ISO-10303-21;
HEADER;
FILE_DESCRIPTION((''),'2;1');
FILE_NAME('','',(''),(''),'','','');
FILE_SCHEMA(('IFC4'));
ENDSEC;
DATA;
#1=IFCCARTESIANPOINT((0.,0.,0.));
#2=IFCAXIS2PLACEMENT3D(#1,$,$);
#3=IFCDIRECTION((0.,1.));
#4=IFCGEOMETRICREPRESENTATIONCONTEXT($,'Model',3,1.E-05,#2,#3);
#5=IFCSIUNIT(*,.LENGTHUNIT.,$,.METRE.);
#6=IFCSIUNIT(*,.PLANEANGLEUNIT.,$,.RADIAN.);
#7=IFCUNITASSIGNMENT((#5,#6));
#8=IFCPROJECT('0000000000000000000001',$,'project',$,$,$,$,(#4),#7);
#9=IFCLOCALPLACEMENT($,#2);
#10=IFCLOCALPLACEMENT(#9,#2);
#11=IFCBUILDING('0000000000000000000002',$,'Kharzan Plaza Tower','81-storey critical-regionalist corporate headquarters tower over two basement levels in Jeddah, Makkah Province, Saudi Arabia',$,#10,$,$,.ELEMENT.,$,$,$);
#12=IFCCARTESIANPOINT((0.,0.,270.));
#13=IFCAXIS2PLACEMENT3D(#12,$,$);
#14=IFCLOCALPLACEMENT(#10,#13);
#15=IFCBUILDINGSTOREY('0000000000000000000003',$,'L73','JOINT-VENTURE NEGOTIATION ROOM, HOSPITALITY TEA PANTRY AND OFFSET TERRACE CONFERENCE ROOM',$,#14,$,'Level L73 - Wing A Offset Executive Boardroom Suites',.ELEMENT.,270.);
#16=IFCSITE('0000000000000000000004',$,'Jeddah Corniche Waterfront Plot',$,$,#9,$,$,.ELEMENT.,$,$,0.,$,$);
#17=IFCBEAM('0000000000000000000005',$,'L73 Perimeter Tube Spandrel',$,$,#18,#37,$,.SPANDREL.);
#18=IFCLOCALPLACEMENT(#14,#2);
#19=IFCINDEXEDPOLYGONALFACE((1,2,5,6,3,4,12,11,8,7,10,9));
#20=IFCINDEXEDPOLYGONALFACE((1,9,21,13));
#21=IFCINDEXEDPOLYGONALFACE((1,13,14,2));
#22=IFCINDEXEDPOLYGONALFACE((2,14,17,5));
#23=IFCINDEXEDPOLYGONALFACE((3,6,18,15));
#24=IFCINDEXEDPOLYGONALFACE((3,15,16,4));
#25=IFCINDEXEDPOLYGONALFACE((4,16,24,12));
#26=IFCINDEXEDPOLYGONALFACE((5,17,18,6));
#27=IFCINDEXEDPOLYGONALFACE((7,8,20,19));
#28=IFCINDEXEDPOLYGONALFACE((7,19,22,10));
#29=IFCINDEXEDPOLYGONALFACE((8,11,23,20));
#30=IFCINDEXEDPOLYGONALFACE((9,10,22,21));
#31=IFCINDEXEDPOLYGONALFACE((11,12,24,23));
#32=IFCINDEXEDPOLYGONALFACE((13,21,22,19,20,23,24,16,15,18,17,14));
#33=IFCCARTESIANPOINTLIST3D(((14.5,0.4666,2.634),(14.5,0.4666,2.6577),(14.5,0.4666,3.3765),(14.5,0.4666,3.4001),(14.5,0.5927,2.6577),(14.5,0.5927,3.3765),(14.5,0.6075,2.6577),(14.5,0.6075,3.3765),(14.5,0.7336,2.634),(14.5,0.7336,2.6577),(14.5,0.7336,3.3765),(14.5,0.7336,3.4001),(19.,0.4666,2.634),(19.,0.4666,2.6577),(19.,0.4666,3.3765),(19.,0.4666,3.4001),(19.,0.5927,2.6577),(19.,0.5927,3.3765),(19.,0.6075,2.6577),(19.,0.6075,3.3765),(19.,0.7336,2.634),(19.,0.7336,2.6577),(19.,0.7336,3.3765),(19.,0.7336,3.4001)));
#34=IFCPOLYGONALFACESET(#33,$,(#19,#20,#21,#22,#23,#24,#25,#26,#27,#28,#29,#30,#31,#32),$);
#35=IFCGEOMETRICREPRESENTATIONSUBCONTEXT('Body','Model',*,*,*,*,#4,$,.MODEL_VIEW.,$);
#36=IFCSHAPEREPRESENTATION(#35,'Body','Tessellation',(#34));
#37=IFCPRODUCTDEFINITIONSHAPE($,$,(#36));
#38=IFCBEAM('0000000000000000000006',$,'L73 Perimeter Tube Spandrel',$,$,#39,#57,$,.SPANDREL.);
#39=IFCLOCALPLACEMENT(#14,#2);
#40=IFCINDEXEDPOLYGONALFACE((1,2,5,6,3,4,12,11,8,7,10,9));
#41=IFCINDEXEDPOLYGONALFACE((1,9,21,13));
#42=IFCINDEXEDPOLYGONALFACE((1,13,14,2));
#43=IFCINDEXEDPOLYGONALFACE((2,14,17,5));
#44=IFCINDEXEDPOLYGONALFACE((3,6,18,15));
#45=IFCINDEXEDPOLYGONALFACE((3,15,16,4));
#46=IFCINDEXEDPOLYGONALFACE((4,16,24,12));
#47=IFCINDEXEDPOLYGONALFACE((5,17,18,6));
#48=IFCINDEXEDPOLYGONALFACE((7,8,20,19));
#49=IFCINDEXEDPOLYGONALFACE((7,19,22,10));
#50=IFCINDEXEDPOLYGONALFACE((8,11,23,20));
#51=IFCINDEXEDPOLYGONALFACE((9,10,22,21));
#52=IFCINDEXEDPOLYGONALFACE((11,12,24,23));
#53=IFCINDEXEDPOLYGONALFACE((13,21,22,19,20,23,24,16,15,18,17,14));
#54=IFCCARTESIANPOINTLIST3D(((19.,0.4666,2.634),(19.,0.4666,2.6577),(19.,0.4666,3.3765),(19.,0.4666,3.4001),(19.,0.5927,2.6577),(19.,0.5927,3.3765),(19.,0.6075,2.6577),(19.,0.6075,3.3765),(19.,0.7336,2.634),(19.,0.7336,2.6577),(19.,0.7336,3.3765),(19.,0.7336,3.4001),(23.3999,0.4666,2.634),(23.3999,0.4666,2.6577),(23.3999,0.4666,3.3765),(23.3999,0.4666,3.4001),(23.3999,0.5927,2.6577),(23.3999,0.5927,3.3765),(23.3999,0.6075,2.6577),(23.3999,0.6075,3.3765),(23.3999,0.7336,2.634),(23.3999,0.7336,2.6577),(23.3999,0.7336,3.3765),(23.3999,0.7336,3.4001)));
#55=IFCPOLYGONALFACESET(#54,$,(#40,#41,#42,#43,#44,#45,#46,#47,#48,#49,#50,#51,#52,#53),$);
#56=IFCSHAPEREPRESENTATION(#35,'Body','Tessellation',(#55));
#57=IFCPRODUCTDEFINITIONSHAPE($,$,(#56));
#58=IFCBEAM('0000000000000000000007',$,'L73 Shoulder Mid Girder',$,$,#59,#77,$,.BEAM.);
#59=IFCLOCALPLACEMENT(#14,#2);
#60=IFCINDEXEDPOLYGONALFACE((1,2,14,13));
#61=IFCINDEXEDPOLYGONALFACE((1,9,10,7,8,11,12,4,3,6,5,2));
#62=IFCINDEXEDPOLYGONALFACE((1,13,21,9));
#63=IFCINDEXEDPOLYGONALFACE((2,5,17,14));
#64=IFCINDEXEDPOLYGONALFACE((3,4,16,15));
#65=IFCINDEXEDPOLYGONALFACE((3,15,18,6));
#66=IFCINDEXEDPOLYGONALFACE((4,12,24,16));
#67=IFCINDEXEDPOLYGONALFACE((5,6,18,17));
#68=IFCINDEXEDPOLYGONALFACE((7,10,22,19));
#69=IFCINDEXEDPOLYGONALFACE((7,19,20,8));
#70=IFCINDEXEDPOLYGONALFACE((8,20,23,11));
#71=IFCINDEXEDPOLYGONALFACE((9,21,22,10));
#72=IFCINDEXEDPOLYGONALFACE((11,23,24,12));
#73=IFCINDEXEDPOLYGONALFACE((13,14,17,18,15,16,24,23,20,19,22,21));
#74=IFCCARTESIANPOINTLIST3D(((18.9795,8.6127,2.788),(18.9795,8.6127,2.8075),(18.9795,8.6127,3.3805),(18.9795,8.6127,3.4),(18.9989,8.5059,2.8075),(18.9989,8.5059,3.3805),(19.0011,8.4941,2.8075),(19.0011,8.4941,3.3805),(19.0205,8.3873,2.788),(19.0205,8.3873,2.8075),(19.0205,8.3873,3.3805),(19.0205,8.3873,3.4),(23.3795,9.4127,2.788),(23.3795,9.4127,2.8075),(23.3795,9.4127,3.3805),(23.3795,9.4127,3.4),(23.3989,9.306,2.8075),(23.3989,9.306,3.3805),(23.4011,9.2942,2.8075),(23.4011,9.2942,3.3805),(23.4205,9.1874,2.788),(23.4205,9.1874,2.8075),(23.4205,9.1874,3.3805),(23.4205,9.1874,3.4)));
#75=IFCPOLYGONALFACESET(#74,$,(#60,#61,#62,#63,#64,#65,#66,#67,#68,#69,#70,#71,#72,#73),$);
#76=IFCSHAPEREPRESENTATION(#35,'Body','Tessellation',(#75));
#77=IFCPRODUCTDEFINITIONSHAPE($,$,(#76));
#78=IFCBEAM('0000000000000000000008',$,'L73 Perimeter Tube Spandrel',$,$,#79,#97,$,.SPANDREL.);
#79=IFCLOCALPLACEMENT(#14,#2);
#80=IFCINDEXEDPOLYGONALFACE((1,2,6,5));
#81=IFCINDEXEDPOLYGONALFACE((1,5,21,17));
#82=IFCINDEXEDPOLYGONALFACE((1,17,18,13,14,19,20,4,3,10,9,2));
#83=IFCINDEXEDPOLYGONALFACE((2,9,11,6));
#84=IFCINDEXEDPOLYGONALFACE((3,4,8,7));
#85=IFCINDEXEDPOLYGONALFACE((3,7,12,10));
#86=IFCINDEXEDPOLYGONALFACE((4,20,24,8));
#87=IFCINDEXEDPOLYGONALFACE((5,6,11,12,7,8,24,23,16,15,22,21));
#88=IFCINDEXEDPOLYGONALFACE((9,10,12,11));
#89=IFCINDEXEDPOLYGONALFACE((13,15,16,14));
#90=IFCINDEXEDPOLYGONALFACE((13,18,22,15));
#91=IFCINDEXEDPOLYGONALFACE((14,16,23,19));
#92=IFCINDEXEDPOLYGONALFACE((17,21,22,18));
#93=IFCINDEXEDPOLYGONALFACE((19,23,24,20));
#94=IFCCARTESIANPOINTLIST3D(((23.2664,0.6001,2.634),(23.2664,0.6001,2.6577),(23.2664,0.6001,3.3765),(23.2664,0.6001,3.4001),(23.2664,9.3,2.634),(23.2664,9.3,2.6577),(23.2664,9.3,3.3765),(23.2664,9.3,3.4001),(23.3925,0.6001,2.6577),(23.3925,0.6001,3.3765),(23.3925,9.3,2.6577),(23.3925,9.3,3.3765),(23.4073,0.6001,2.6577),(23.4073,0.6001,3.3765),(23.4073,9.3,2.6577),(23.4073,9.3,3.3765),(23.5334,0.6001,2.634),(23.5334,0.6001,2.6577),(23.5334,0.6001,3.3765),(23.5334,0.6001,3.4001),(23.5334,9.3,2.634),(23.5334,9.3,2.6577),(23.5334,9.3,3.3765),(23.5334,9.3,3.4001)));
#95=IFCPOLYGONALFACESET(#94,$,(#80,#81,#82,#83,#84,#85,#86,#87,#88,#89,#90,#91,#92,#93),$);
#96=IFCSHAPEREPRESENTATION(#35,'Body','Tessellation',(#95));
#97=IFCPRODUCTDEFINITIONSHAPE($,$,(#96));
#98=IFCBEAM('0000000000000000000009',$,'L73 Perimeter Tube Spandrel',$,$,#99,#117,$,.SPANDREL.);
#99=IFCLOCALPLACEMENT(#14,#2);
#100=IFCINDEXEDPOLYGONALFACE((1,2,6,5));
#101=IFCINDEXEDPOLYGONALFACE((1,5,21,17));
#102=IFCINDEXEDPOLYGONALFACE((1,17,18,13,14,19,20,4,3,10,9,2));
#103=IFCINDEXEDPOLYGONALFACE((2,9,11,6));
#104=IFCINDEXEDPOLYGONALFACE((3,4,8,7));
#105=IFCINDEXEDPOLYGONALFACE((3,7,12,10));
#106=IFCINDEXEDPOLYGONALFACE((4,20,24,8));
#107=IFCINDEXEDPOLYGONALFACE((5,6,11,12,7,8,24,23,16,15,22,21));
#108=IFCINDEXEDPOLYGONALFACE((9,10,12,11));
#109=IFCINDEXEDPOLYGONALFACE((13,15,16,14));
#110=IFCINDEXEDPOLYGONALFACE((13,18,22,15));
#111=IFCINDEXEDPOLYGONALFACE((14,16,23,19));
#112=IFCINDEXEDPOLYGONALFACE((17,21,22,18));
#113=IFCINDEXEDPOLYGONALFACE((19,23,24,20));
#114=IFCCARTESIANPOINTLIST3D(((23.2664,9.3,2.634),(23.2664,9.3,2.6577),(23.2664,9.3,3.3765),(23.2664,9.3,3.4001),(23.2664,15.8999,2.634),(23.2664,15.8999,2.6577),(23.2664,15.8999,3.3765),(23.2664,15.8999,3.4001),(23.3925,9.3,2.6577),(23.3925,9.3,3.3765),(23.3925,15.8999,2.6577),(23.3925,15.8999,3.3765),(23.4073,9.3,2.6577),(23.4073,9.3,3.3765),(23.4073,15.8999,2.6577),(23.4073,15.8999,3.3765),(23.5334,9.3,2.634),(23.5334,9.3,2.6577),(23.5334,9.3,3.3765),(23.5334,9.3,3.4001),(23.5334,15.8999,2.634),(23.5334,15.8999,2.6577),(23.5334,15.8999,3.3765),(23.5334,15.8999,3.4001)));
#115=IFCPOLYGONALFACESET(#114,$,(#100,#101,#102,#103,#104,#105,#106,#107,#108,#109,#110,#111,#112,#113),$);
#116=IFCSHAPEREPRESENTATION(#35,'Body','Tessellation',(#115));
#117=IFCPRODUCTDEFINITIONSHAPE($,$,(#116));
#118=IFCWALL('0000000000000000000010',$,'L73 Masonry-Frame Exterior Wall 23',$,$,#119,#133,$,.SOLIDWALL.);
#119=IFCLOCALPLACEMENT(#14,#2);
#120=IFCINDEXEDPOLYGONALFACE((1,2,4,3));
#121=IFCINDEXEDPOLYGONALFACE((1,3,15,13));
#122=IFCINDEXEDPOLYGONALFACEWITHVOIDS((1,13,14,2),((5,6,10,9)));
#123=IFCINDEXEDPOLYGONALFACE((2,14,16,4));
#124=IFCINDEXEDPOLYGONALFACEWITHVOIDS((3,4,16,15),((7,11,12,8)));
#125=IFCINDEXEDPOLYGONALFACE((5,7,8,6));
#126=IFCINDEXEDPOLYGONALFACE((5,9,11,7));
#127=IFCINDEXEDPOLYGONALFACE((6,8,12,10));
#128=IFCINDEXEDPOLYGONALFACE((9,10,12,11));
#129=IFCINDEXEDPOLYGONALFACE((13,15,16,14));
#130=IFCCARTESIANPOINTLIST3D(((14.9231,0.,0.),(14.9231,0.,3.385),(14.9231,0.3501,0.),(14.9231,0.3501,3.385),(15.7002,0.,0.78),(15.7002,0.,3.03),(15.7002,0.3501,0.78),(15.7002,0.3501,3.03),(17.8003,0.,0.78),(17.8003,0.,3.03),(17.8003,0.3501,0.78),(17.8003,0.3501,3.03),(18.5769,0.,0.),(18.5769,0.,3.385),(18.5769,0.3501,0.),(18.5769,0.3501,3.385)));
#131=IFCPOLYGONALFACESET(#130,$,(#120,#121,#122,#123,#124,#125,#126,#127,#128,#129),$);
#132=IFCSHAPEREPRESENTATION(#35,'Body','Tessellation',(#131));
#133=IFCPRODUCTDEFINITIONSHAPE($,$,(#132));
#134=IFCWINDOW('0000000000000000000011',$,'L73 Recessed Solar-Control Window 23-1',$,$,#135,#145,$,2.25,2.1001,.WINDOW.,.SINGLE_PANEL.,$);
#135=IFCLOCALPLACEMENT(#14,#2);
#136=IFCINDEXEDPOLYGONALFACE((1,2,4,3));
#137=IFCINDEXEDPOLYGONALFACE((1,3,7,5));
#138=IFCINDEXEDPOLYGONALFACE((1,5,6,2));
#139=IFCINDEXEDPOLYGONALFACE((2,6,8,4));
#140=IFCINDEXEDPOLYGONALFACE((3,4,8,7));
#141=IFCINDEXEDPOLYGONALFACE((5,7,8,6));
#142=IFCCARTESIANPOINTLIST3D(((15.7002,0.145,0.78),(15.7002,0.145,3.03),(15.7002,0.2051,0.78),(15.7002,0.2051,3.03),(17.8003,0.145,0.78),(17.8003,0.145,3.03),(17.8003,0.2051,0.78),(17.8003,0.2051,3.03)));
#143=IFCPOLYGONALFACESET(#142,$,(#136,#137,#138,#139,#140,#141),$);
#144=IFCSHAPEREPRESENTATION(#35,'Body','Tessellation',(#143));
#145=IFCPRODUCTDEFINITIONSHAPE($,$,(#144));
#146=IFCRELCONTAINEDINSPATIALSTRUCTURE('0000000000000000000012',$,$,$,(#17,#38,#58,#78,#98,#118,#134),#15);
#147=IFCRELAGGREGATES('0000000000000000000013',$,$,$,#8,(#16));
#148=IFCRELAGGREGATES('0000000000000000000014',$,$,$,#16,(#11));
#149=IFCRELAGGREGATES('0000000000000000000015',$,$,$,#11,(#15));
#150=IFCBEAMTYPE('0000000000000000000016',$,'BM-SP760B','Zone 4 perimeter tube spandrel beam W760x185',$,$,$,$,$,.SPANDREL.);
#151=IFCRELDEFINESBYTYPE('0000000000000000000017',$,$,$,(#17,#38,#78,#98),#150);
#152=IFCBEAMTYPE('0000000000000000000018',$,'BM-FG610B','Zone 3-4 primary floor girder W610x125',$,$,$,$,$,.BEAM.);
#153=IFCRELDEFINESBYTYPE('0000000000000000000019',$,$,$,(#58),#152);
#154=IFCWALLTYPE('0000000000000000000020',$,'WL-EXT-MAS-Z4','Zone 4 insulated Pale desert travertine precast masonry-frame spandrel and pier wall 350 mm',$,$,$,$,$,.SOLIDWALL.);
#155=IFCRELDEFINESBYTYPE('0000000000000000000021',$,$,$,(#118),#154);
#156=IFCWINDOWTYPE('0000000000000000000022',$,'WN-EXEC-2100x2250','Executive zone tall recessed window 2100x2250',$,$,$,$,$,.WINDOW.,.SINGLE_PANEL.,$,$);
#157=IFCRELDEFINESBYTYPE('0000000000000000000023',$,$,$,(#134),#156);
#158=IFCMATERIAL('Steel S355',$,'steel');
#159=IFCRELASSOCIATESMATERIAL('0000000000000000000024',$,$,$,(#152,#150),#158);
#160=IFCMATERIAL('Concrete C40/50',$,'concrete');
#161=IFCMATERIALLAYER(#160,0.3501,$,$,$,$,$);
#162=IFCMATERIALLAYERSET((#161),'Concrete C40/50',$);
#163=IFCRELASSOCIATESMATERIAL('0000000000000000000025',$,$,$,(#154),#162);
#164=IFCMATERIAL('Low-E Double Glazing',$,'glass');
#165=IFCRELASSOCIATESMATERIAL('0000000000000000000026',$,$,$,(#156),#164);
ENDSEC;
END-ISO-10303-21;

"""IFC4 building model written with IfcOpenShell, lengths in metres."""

from ifc_helpers import new_model, si_unit, direction, frame, frame_2d, origin, origin_2d, place, context, subcontext, project, spatial, rectangle, i_section, extrude, source, transform, mapped, material, layer, layer_set, material_profile, profile_set, type_object, element, fill, save


model = new_model("IFC4")

# Units and contexts
model_context = context("Model", 3, precision=1e-05, world=origin(), true_north=direction((0.0, 1.0)))
body_context = subcontext(model_context, "Body", "Model", "MODEL_VIEW")
ifc_project = project(units=[si_unit("LENGTHUNIT", "METRE"), si_unit("PLANEANGLEUNIT", "RADIAN")], contexts=[model_context])

# Site, building, storey
site_placement = place(None, origin())
site = spatial("IfcSite", under=ifc_project, at=site_placement, Name="Jeddah Corniche Waterfront Plot", CompositionType="ELEMENT", RefElevation=0.0)
building_placement = place(site_placement, origin())
building = spatial("IfcBuilding", under=site, at=building_placement, Name="Kharzan Plaza Tower", Description="81-storey critical-regionalist corporate headquarters tower over two basement levels in Jeddah, Makkah Province, Saudi Arabia", CompositionType="ELEMENT")
storey_placement = place(building_placement, frame((0.0, 0.0, 270.0)))
storey = spatial("IfcBuildingStorey", under=building, at=storey_placement, Name="L73", Description="JOINT-VENTURE NEGOTIATION ROOM, HOSPITALITY TEA PANTRY AND OFFSET TERRACE CONFERENCE ROOM", LongName="Level L73 - Wing A Offset Executive Boardroom Suites", CompositionType="ELEMENT", Elevation=270.0)

# Beams
ifc_material_1 = material(Name="Steel S355", Category="steel")
ifc_material_profile_1 = material_profile(ifc_material_1, i_section(OverallWidth=0.229, OverallDepth=0.6121, WebThickness=0.012, FlangeThickness=0.0195, at=origin_2d()), Name="W610x125")
ifc_profile_set_1 = profile_set([ifc_material_profile_1], Name="Steel S355")
beam_type_1 = type_object("IfcBeamType", Name="BM-FG610B", Description="Zone 3-4 primary floor girder W610x125", PredefinedType="BEAM", material=ifc_profile_set_1)
ifc_material_profile_2 = material_profile(ifc_material_1, i_section(OverallWidth=0.2671, OverallDepth=0.7661, WebThickness=0.0149, FlangeThickness=0.0237, at=origin_2d()), Name="W760x185")
ifc_profile_set_2 = profile_set([ifc_material_profile_2], Name="Steel S355")
beam_type_2 = type_object("IfcBeamType", Name="BM-SP760B", Description="Zone 4 perimeter tube spandrel beam W760x185", PredefinedType="SPANDREL", material=ifc_profile_set_2)
shared_shape_1 = source(origin(), body_context, "Body", "SweptSolid", [
    extrude(i_section(OverallWidth=0.2671, OverallDepth=0.7661, WebThickness=0.0149, FlangeThickness=0.0237, at=origin_2d()), origin(), (0.0, 0.0, 1.0), 4.5),
])
beam_1_placement = place(storey_placement, frame((14.5, 0.6001, 3.0171), z_axis=(1.0, 0.0, 0.0), x_axis=(0.0, 1.0, 0.0)))
element("IfcBeam", 1, at=beam_1_placement, inside=storey, type_object=beam_type_2, Name="L73 Perimeter Tube Spandrel", PredefinedType="SPANDREL", context=body_context, shape_type="MappedRepresentation", body=[
    mapped(shared_shape_1, transform((0.0, 0.0, 0.0), x_axis=(1.0, 0.0, 0.0), y_axis=(0.0, 1.0, 0.0), z_axis=(0.0, 0.0, 1.0))),
])
shared_shape_2 = source(origin(), body_context, "Body", "SweptSolid", [
    extrude(i_section(OverallWidth=0.2671, OverallDepth=0.7661, WebThickness=0.0149, FlangeThickness=0.0237, at=origin_2d()), origin(), (0.0, 0.0, 1.0), 4.3999),
])
beam_2_placement = place(storey_placement, frame((19.0, 0.6001, 3.0171), z_axis=(1.0, 0.0, 0.0), x_axis=(0.0, 1.0, 0.0)))
element("IfcBeam", 2, at=beam_2_placement, inside=storey, type_object=beam_type_2, Name="L73 Perimeter Tube Spandrel", PredefinedType="SPANDREL", context=body_context, shape_type="MappedRepresentation", body=[
    mapped(shared_shape_2, transform((0.0, 0.0, 0.0), x_axis=(1.0, 0.0, 0.0), y_axis=(0.0, 1.0, 0.0), z_axis=(0.0, 0.0, 1.0))),
])
shared_shape_3 = source(origin(), body_context, "Body", "SweptSolid", [
    extrude(i_section(OverallWidth=0.229, OverallDepth=0.6121, WebThickness=0.012, FlangeThickness=0.0195, at=origin_2d()), origin(), (0.0, 0.0, 1.0), 4.4722),
])
beam_3_placement = place(storey_placement, frame((19.0, 8.5, 3.094), z_axis=(0.983867, 0.1789, 0.0), x_axis=(-0.1789, 0.983867, 0.0)))
element("IfcBeam", 3, at=beam_3_placement, inside=storey, type_object=beam_type_1, Name="L73 Shoulder Mid Girder", PredefinedType="BEAM", context=body_context, shape_type="MappedRepresentation", body=[
    mapped(shared_shape_3, transform((0.0, 0.0, 0.0), x_axis=(1.0, 0.0, 0.0), y_axis=(0.0, 1.0, 0.0), z_axis=(0.0, 0.0, 1.0))),
])
shared_shape_4 = source(origin(), body_context, "Body", "SweptSolid", [
    extrude(i_section(OverallWidth=0.2671, OverallDepth=0.7661, WebThickness=0.0149, FlangeThickness=0.0237, at=origin_2d()), origin(), (0.0, 0.0, 1.0), 8.7),
])
beam_4_placement = place(storey_placement, frame((23.3999, 0.6001, 3.0171), z_axis=(0.0, 1.0, 0.0), x_axis=(-1.0, 0.0, 0.0)))
element("IfcBeam", 4, at=beam_4_placement, inside=storey, type_object=beam_type_2, Name="L73 Perimeter Tube Spandrel", PredefinedType="SPANDREL", context=body_context, shape_type="MappedRepresentation", body=[
    mapped(shared_shape_4, transform((0.0, 0.0, 0.0), x_axis=(1.0, 0.0, 0.0), y_axis=(0.0, 1.0, 0.0), z_axis=(0.0, 0.0, 1.0))),
])
shared_shape_5 = source(origin(), body_context, "Body", "SweptSolid", [
    extrude(i_section(OverallWidth=0.2671, OverallDepth=0.7661, WebThickness=0.0149, FlangeThickness=0.0237, at=origin_2d()), origin(), (0.0, 0.0, 1.0), 6.5999),
])
beam_5_placement = place(storey_placement, frame((23.3999, 9.3, 3.0171), z_axis=(0.0, 1.0, 0.0), x_axis=(-1.0, 0.0, 0.0)))
element("IfcBeam", 5, at=beam_5_placement, inside=storey, type_object=beam_type_2, Name="L73 Perimeter Tube Spandrel", PredefinedType="SPANDREL", context=body_context, shape_type="MappedRepresentation", body=[
    mapped(shared_shape_5, transform((0.0, 0.0, 0.0), x_axis=(1.0, 0.0, 0.0), y_axis=(0.0, 1.0, 0.0), z_axis=(0.0, 0.0, 1.0))),
])

# Wall, opening, window
ifc_material_2 = material(Name="Concrete C40/50", Category="concrete")
ifc_layer_1 = layer(ifc_material_2, 0.3501)
ifc_layer_set_1 = layer_set([ifc_layer_1], Name="Concrete C40/50")
wall_type_1 = type_object("IfcWallType", Name="WL-EXT-MAS-Z4", Description="Zone 4 insulated Pale desert travertine precast masonry-frame spandrel and pier wall 350 mm", PredefinedType="SOLIDWALL", material=ifc_layer_set_1)
wall_1_placement = place(storey_placement, frame((14.9231, 0.175, 0.0), z_axis=(0.0, 0.0, 1.0), x_axis=(1.0, 0.0, 0.0)))
wall_1 = element("IfcWall", 6, at=wall_1_placement, inside=storey, type_object=wall_type_1, Name="L73 Masonry-Frame Exterior Wall 23", PredefinedType="SOLIDWALL", context=body_context, shape_type="SweptSolid", body=[
    extrude(rectangle(XDim=3.6538, YDim=0.3501, at=frame_2d((1.8269, 0.0))), origin(), (0.0, 0.0, 1.0), 3.385),
])
opening_1_placement = place(wall_1_placement, frame((0.7771, 0.0, 0.78)))
opening_1 = element("IfcOpeningElement", 7, at=opening_1_placement, cuts=wall_1, PredefinedType="OPENING", context=body_context, shape_type="SweptSolid", body=[
    extrude(rectangle(XDim=2.1001, YDim=2.25, at=frame_2d((1.05, 1.125))), frame((0.0, 0.1851, 0.0), z_axis=(0.0, -1.0, 0.0), x_axis=(1.0, 0.0, 0.0)), (0.0, 0.0, 1.0), 0.3701),
])
ifc_material_3 = material(Name="Low-E Double Glazing", Category="glass")
window_type_1 = type_object("IfcWindowType", Name="WN-EXEC-2100x2250", Description="Executive zone tall recessed window 2100x2250", PartitioningType="SINGLE_PANEL", PredefinedType="WINDOW", material=ifc_material_3)
shared_shape_6 = source(origin(), body_context, "Body", "SweptSolid", [
    extrude(rectangle(XDim=2.1001, YDim=2.25, at=frame_2d((1.05, 1.125))), frame((0.0, 0.03, 0.0), z_axis=(0.0, -1.0, 0.0), x_axis=(1.0, 0.0, 0.0)), (0.0, 0.0, 1.0), 0.0601),
])
window_1_placement = place(opening_1_placement, origin())
window_1 = element("IfcWindow", 8, at=window_1_placement, inside=storey, type_object=window_type_1, Name="L73 Recessed Solar-Control Window 23-1", OverallHeight=2.25, OverallWidth=2.1001, PartitioningType="SINGLE_PANEL", PredefinedType="WINDOW", context=body_context, shape_type="MappedRepresentation", body=[
    mapped(shared_shape_6, transform((0.0, 0.0, 0.0), x_axis=(1.0, 0.0, 0.0), y_axis=(0.0, 1.0, 0.0), z_axis=(0.0, 0.0, 1.0))),
])
fill(opening_1, window_1)

save(model, "model.ifc")
